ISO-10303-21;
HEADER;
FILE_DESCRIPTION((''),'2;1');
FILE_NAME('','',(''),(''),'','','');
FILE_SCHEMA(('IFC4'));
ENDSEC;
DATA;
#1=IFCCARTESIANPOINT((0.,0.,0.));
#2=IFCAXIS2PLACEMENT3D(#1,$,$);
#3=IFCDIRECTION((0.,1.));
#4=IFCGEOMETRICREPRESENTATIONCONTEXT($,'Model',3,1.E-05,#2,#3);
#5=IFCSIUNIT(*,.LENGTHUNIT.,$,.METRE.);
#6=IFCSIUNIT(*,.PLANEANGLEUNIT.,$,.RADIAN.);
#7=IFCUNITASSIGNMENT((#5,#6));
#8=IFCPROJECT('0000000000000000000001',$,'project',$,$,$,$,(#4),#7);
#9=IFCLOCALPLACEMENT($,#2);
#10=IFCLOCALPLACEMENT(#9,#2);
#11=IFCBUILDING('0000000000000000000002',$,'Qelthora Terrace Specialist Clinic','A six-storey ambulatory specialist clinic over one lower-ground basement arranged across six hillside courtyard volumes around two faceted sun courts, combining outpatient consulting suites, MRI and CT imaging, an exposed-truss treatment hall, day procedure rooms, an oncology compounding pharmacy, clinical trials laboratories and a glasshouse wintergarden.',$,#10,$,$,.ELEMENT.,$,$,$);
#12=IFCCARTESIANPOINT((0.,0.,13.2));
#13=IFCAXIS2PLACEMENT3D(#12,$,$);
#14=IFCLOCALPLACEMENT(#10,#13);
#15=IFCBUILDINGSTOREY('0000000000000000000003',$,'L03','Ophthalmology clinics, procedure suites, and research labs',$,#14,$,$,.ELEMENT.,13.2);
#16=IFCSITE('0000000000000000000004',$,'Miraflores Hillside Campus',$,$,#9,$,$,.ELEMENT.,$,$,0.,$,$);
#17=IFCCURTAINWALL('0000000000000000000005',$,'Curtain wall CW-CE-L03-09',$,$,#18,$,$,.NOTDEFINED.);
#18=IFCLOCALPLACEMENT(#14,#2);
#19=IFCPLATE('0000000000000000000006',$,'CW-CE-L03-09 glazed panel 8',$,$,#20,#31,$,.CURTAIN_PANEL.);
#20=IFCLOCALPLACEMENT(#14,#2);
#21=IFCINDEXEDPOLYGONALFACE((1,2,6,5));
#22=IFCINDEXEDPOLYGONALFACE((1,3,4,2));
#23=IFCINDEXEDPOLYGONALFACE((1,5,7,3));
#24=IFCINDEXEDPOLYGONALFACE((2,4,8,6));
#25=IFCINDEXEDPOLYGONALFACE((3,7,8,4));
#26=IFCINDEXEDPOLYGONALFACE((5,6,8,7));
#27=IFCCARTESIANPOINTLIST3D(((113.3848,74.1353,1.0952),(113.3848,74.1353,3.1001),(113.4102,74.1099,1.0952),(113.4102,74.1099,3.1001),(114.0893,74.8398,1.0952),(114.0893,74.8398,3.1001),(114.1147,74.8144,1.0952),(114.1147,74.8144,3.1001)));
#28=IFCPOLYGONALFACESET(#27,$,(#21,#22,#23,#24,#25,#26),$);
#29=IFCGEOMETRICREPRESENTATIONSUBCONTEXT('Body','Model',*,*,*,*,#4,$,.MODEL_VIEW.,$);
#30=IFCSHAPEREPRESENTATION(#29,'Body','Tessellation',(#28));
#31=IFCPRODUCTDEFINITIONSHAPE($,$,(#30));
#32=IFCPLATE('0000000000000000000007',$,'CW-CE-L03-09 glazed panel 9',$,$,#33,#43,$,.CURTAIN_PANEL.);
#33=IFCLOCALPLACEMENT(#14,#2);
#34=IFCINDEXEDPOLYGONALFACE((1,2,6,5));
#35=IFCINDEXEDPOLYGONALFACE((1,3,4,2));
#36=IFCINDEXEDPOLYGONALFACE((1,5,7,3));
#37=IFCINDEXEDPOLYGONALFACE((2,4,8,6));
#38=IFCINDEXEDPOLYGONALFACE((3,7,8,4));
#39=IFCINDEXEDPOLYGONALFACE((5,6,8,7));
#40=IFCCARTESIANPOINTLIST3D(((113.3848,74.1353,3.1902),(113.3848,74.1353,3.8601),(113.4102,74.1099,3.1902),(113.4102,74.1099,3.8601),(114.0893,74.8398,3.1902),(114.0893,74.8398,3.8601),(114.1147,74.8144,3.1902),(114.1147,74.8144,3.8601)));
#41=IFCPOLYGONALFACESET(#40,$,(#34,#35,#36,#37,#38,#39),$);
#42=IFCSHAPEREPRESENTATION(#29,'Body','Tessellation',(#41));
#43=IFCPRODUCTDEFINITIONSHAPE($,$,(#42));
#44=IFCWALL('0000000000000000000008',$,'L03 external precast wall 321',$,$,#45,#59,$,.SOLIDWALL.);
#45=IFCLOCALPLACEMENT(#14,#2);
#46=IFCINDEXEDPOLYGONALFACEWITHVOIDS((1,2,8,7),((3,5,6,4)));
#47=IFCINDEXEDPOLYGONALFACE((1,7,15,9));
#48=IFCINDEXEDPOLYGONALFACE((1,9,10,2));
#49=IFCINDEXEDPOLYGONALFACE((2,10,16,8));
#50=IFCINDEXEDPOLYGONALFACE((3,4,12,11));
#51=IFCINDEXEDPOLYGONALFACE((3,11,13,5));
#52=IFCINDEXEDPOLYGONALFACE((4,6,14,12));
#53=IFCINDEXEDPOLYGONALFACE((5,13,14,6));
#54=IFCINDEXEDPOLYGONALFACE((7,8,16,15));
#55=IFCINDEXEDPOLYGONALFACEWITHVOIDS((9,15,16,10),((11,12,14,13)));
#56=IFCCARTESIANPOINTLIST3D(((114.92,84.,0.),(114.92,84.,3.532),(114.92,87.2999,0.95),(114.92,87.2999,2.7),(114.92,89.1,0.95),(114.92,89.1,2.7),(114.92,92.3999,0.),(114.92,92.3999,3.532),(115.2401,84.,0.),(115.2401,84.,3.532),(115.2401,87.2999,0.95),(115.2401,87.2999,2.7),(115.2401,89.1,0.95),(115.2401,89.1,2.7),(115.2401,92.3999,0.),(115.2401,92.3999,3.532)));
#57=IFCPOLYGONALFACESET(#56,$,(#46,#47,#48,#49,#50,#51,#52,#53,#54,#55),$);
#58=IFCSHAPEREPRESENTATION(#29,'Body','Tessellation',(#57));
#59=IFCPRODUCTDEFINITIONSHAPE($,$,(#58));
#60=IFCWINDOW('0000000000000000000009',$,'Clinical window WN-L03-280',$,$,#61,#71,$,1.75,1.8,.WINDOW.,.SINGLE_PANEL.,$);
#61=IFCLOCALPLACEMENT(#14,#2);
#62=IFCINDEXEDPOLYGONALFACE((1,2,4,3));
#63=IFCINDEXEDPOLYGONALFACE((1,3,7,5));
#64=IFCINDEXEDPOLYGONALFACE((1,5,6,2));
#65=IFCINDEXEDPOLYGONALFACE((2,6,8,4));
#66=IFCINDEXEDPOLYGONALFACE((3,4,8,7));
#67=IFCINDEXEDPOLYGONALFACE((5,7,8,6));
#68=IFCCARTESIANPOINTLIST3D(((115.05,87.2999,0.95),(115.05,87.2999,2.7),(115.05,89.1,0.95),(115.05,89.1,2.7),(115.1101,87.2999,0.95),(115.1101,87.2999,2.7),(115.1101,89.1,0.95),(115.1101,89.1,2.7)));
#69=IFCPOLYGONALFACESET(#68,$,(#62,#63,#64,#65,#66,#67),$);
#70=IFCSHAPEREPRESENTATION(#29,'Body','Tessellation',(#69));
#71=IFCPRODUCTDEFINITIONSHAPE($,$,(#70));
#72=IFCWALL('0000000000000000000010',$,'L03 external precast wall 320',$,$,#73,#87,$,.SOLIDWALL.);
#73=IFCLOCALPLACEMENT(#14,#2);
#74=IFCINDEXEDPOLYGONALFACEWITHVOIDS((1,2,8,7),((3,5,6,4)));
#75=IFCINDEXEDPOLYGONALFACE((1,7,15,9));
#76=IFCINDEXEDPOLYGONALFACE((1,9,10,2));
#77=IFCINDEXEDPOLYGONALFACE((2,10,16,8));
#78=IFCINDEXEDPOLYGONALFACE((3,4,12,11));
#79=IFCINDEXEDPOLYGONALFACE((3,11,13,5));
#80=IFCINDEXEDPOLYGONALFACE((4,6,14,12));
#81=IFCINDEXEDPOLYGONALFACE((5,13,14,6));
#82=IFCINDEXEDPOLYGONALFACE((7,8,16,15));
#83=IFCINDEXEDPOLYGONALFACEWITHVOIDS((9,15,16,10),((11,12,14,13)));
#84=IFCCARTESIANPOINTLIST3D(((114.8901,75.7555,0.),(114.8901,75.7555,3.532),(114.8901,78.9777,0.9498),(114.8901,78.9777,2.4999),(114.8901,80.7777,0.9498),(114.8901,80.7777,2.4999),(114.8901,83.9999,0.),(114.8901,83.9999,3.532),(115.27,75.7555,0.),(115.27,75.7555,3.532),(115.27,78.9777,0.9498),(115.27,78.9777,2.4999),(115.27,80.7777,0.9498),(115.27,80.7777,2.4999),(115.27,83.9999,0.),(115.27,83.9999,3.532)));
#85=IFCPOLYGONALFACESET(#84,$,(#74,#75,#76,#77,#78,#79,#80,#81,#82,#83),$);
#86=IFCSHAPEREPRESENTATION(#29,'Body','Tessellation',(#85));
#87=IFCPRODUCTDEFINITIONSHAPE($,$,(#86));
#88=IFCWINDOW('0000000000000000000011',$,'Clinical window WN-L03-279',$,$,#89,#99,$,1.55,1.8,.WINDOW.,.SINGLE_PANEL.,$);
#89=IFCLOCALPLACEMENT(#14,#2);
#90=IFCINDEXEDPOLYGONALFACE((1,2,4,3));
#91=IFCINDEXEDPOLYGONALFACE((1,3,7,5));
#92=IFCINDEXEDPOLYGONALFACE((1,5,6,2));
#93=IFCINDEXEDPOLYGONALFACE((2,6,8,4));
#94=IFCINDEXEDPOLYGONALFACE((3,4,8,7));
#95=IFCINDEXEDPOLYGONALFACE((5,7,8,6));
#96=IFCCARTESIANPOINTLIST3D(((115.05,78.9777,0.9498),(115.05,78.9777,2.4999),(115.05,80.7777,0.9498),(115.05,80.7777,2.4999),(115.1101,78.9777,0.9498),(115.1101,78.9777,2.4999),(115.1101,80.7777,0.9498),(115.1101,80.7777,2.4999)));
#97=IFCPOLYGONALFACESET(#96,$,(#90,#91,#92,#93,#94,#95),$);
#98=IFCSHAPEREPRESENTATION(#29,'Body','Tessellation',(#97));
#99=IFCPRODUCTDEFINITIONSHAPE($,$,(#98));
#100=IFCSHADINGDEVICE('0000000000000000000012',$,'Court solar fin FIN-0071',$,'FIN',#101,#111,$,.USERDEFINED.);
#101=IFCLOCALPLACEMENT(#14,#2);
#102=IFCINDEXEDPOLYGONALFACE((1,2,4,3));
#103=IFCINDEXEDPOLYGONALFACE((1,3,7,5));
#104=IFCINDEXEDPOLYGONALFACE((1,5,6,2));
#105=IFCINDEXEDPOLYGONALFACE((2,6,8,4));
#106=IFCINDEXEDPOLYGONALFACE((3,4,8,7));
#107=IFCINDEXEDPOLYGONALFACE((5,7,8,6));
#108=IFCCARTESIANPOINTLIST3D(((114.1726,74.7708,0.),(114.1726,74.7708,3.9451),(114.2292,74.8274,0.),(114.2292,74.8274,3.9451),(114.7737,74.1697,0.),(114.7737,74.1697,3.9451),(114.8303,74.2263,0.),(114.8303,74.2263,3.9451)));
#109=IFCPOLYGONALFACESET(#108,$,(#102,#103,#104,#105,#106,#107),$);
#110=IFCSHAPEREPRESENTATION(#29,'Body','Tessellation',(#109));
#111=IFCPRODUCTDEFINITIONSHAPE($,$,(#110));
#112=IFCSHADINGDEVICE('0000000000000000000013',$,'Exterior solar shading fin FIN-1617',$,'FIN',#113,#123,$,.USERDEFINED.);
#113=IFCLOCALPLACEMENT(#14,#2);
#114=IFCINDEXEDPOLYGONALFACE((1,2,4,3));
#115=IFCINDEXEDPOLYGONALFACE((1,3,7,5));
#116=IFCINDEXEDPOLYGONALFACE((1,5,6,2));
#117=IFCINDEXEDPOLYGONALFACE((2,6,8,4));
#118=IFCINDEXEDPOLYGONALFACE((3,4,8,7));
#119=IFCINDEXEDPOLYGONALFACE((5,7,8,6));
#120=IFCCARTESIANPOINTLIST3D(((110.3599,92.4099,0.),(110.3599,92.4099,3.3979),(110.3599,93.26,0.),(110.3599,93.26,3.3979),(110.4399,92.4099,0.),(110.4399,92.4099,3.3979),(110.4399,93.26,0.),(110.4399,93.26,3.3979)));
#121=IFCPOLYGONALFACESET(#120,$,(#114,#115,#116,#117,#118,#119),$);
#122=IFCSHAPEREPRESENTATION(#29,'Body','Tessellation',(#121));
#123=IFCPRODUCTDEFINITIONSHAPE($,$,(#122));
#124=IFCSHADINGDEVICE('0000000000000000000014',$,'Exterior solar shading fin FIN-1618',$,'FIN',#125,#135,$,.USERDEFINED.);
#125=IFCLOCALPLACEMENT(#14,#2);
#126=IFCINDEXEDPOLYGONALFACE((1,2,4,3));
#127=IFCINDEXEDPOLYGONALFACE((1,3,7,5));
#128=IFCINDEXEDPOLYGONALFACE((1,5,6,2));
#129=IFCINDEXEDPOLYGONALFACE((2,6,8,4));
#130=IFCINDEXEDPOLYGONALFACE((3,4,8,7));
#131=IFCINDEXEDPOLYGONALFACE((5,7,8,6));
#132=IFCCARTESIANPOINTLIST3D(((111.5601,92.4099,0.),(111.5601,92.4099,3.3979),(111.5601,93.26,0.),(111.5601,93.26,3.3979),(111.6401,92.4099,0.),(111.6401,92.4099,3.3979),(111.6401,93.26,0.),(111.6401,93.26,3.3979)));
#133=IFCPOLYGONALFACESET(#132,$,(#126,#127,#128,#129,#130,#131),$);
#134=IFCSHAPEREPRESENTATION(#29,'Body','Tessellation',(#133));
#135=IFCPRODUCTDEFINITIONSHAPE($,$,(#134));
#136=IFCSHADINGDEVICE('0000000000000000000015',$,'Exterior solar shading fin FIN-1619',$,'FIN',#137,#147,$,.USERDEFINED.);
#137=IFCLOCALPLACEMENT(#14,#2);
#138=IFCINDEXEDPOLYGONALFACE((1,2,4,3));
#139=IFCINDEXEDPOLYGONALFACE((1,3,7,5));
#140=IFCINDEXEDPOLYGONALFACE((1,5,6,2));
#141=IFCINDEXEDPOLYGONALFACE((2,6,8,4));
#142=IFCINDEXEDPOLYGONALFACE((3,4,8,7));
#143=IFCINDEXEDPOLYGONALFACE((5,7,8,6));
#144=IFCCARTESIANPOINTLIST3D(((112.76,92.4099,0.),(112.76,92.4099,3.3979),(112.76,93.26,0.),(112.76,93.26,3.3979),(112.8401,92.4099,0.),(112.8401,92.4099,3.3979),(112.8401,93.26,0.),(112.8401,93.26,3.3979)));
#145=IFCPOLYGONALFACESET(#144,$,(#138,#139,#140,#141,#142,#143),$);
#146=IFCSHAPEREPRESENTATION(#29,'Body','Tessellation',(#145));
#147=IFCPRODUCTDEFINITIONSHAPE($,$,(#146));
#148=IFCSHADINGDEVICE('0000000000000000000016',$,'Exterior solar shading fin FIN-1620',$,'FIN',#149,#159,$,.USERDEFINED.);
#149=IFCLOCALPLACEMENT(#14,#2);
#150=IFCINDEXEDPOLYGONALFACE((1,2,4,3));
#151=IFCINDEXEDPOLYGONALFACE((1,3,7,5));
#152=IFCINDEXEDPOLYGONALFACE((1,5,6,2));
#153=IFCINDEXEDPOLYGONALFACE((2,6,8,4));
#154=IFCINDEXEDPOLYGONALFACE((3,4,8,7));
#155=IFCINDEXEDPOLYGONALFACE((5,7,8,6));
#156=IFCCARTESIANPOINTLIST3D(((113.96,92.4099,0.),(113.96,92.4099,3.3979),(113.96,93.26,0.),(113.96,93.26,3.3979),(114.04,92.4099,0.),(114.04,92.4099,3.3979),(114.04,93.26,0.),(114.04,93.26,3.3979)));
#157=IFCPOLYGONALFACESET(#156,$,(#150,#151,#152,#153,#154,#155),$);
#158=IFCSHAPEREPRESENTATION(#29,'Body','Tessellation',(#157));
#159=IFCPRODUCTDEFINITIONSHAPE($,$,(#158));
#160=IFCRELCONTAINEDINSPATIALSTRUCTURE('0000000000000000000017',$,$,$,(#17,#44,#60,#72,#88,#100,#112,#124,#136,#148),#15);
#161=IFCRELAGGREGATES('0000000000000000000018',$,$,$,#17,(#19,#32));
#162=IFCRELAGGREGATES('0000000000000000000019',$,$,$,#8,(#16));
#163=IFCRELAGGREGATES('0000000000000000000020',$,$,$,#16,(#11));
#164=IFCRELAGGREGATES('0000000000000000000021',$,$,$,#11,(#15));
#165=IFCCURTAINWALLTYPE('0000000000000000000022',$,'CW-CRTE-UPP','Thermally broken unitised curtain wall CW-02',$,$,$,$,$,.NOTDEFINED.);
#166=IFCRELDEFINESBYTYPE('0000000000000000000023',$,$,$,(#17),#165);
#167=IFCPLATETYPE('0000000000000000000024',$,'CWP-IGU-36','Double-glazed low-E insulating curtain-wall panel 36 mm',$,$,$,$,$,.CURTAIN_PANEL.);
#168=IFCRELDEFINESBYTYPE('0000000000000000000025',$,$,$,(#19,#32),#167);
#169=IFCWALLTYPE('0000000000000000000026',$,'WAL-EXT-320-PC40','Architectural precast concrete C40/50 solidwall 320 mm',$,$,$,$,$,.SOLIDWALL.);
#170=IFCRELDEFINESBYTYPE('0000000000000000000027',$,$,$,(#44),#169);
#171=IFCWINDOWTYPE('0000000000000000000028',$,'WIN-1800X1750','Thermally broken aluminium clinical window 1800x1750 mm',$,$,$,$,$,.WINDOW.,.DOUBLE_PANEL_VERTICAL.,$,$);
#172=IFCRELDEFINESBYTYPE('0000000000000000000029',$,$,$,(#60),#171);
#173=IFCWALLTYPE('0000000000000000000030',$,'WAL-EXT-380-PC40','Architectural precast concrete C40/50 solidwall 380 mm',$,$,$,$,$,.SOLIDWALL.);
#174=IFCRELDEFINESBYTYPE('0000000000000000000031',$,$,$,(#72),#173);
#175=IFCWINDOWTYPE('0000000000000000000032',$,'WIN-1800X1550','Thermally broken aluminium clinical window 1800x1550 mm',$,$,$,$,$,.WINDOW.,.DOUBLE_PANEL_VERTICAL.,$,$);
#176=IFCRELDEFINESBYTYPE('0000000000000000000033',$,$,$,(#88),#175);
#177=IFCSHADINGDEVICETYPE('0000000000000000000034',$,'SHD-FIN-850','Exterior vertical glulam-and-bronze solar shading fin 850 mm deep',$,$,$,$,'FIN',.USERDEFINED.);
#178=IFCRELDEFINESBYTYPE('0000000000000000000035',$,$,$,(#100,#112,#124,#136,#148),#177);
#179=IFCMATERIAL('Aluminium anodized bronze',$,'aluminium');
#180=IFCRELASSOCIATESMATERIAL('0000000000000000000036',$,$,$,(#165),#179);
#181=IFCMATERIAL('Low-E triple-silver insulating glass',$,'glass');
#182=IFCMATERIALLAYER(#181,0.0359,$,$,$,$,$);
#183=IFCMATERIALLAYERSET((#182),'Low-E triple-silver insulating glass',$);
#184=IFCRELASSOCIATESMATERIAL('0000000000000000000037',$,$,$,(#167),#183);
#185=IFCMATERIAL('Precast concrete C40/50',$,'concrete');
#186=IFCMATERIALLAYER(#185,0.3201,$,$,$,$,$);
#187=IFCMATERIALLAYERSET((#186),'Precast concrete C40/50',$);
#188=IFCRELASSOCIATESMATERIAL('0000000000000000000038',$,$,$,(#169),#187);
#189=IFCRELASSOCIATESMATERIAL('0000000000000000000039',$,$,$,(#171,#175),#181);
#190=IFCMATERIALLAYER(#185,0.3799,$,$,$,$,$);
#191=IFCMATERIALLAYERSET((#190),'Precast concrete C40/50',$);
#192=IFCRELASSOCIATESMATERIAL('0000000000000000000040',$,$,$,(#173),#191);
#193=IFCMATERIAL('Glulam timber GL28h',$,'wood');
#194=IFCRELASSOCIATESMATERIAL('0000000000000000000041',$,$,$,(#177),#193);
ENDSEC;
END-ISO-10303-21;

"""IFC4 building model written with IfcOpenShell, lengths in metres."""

from ifc_helpers import new_model, si_unit, direction, frame, frame_2d, origin, origin_2d, place, context, subcontext, project, spatial, rectangle, extrude, material, layer, layer_set, type_object, element, fill, aggregate, save


model = new_model("IFC4")

# Units and contexts
model_context = context("Model", 3, precision=1e-05, world=origin(), true_north=direction((0.0, 1.0)))
body_context = subcontext(model_context, "Body", "Model", "MODEL_VIEW")
ifc_project = project(units=[si_unit("LENGTHUNIT", "METRE"), si_unit("PLANEANGLEUNIT", "RADIAN")], contexts=[model_context])

# Site, building, storey
site_placement = place(None, origin())
site = spatial("IfcSite", under=ifc_project, at=site_placement, Name="Miraflores Hillside Campus", CompositionType="ELEMENT", RefElevation=0.0)
building_placement = place(site_placement, origin())
building = spatial("IfcBuilding", under=site, at=building_placement, Name="Qelthora Terrace Specialist Clinic", Description="A six-storey ambulatory specialist clinic over one lower-ground basement arranged across six hillside courtyard volumes around two faceted sun courts, combining outpatient consulting suites, MRI and CT imaging, an exposed-truss treatment hall, day procedure rooms, an oncology compounding pharmacy, clinical trials laboratories and a glasshouse wintergarden.", CompositionType="ELEMENT")
storey_placement = place(building_placement, frame((0.0, 0.0, 13.2)))
storey = spatial("IfcBuildingStorey", under=building, at=storey_placement, Name="L03", Description="Ophthalmology clinics, procedure suites, and research labs", CompositionType="ELEMENT", Elevation=13.2)

# Curtain wall
ifc_material_1 = material(Name="Aluminium anodized bronze", Category="aluminium")
curtain_wall_type = type_object("IfcCurtainWallType", Name="CW-CRTE-UPP", Description="Thermally broken unitised curtain wall CW-02", PredefinedType="NOTDEFINED", material=ifc_material_1)
curtain_wall_placement = place(storey_placement, origin())
curtain_wall = element("IfcCurtainWall", 1, at=curtain_wall_placement, inside=storey, type_object=curtain_wall_type, Name="Curtain wall CW-CE-L03-09", PredefinedType="NOTDEFINED")

# Plates
ifc_material_2 = material(Name="Low-E triple-silver insulating glass", Category="glass")
ifc_layer_1 = layer(ifc_material_2, 0.0359)
ifc_layer_set_1 = layer_set([ifc_layer_1], Name="Low-E triple-silver insulating glass")
plate_type = type_object("IfcPlateType", Name="CWP-IGU-36", Description="Double-glazed low-E insulating curtain-wall panel 36 mm", PredefinedType="CURTAIN_PANEL", material=ifc_layer_set_1)
plate_1_placement = place(storey_placement, frame((113.7498, 74.4749, 1.0952), z_axis=(0.0, 0.0, 1.0), x_axis=(-0.707107, -0.707107, 0.0)))
plate_1 = element("IfcPlate", 2, at=plate_1_placement, type_object=plate_type, Name="CW-CE-L03-09 glazed panel 8", PredefinedType="CURTAIN_PANEL", context=body_context, shape_type="SweptSolid", body=[
    extrude(rectangle(XDim=0.9963, YDim=0.0359, at=origin_2d()), origin(), (0.0, 0.0, 1.0), 2.0049),
])
plate_2_placement = place(storey_placement, frame((113.7498, 74.4749, 3.1902), z_axis=(0.0, 0.0, 1.0), x_axis=(-0.707107, -0.707107, 0.0)))
plate_2 = element("IfcPlate", 3, at=plate_2_placement, type_object=plate_type, Name="CW-CE-L03-09 glazed panel 9", PredefinedType="CURTAIN_PANEL", context=body_context, shape_type="SweptSolid", body=[
    extrude(rectangle(XDim=0.9963, YDim=0.0359, at=origin_2d()), origin(), (0.0, 0.0, 1.0), 0.6699),
])
aggregate(curtain_wall, [plate_1, plate_2])

# Walls, openings, windows
ifc_material_3 = material(Name="Precast concrete C40/50", Category="concrete")
ifc_layer_2 = layer(ifc_material_3, 0.3201)
ifc_layer_set_2 = layer_set([ifc_layer_2], Name="Precast concrete C40/50")
wall_type_1 = type_object("IfcWallType", Name="WAL-EXT-320-PC40", Description="Architectural precast concrete C40/50 solidwall 320 mm", PredefinedType="SOLIDWALL", material=ifc_layer_set_2)
wall_1_placement = place(storey_placement, frame((115.0801, 84.0, 0.0), z_axis=(0.0, 0.0, 1.0), x_axis=(0.0, 1.0, 0.0)))
wall_1 = element("IfcWall", 4, at=wall_1_placement, inside=storey, type_object=wall_type_1, Name="L03 external precast wall 321", PredefinedType="SOLIDWALL", context=body_context, shape_type="SweptSolid", body=[
    extrude(rectangle(XDim=8.3999, YDim=0.3201, at=frame_2d((4.2, 0.0))), origin(), (0.0, 0.0, 1.0), 3.532),
])
opening_1_placement = place(wall_1_placement, frame((3.3, 0.0, 0.95)))
opening_1 = element("IfcOpeningElement", 5, at=opening_1_placement, cuts=wall_1, PredefinedType="OPENING", context=body_context, shape_type="SweptSolid", body=[
    extrude(rectangle(XDim=1.8, YDim=1.75, at=frame_2d((0.8999, 0.875))), frame((0.0, 0.1699, 0.0), z_axis=(0.0, -1.0, 0.0), x_axis=(1.0, 0.0, 0.0)), (0.0, 0.0, 1.0), 0.3401),
])
window_type_1 = type_object("IfcWindowType", Name="WIN-1800X1750", Description="Thermally broken aluminium clinical window 1800x1750 mm", PartitioningType="DOUBLE_PANEL_VERTICAL", PredefinedType="WINDOW", material=ifc_material_2)
window_1_placement = place(opening_1_placement, origin())
window_1 = element("IfcWindow", 6, at=window_1_placement, inside=storey, type_object=window_type_1, Name="Clinical window WN-L03-280", OverallHeight=1.75, OverallWidth=1.8, PartitioningType="SINGLE_PANEL", PredefinedType="WINDOW", context=body_context, shape_type="SweptSolid", body=[
    extrude(rectangle(XDim=1.8, YDim=1.75, at=frame_2d((0.8999, 0.875))), frame((0.0, 0.03, 0.0), z_axis=(0.0, -1.0, 0.0), x_axis=(1.0, 0.0, 0.0)), (0.0, 0.0, 1.0), 0.0601),
])
fill(opening_1, window_1)
ifc_layer_3 = layer(ifc_material_3, 0.3799)
ifc_layer_set_3 = layer_set([ifc_layer_3], Name="Precast concrete C40/50")
wall_type_2 = type_object("IfcWallType", Name="WAL-EXT-380-PC40", Description="Architectural precast concrete C40/50 solidwall 380 mm", PredefinedType="SOLIDWALL", material=ifc_layer_set_3)
wall_2_placement = place(storey_placement, frame((115.0801, 75.7556, 0.0), z_axis=(0.0, 0.0, 1.0), x_axis=(0.0, 1.0, 0.0)))
wall_2 = element("IfcWall", 7, at=wall_2_placement, inside=storey, type_object=wall_type_2, Name="L03 external precast wall 320", PredefinedType="SOLIDWALL", context=body_context, shape_type="SweptSolid", body=[
    extrude(rectangle(XDim=8.2444, YDim=0.3799, at=frame_2d((4.1221, 0.0))), origin(), (0.0, 0.0, 1.0), 3.532),
])
opening_2_placement = place(wall_2_placement, frame((3.2222, 0.0, 0.95)))
opening_2 = element("IfcOpeningElement", 8, at=opening_2_placement, cuts=wall_2, PredefinedType="OPENING", context=body_context, shape_type="SweptSolid", body=[
    extrude(rectangle(XDim=1.8, YDim=1.55, at=frame_2d((0.8999, 0.7749))), frame((0.0, 0.2, 0.0), z_axis=(0.0, -1.0, 0.0), x_axis=(1.0, 0.0, 0.0)), (0.0, 0.0, 1.0), 0.3999),
])
window_type_2 = type_object("IfcWindowType", Name="WIN-1800X1550", Description="Thermally broken aluminium clinical window 1800x1550 mm", PartitioningType="DOUBLE_PANEL_VERTICAL", PredefinedType="WINDOW", material=ifc_material_2)
window_2_placement = place(opening_2_placement, origin())
window_2 = element("IfcWindow", 9, at=window_2_placement, inside=storey, type_object=window_type_2, Name="Clinical window WN-L03-279", OverallHeight=1.55, OverallWidth=1.8, PartitioningType="SINGLE_PANEL", PredefinedType="WINDOW", context=body_context, shape_type="SweptSolid", body=[
    extrude(rectangle(XDim=1.8, YDim=1.55, at=frame_2d((0.8999, 0.7749))), frame((0.0, 0.03, 0.0), z_axis=(0.0, -1.0, 0.0), x_axis=(1.0, 0.0, 0.0)), (0.0, 0.0, 1.0), 0.0601),
])
fill(opening_2, window_2)

# Shading devices
ifc_material_4 = material(Name="Glulam timber GL28h", Category="wood")
shading_device_type = type_object("IfcShadingDeviceType", Name="SHD-FIN-850", Description="Exterior vertical glulam-and-bronze solar shading fin 850 mm deep", ElementType="FIN", PredefinedType="USERDEFINED", material=ifc_material_4)
shading_device_placement = place(storey_placement, frame((114.5015, 74.4985, 0.0), z_axis=(0.0, 0.0, 1.0), x_axis=(0.707107, -0.707107, 0.0)))
element("IfcShadingDevice", 10, at=shading_device_placement, inside=storey, type_object=shading_device_type, Name="Court solar fin FIN-0071", ObjectType="FIN", PredefinedType="USERDEFINED", context=body_context, shape_type="SweptSolid", body=[
    extrude(rectangle(XDim=0.8501, YDim=0.0801, at=origin_2d()), origin(), (0.0, 0.0, 1.0), 3.9451),
])
for number, where, z_axis, x_axis, name in (
    (11, (110.3999, 92.835, 0.0), (0.0, 0.0, 1.0), (0.0, 1.0, 0.0), "Exterior solar shading fin FIN-1617"),
    (12, (111.6001, 92.835, 0.0), (0.0, 0.0, 1.0), (0.0, 1.0, 0.0), "Exterior solar shading fin FIN-1618"),
    (13, (112.8, 92.835, 0.0), (0.0, 0.0, 1.0), (0.0, 1.0, 0.0), "Exterior solar shading fin FIN-1619"),
    (14, (114.0, 92.835, 0.0), (0.0, 0.0, 1.0), (0.0, 1.0, 0.0), "Exterior solar shading fin FIN-1620"),
):
    element("IfcShadingDevice", number, at=place(storey_placement, frame(where, z_axis=z_axis, x_axis=x_axis)), inside=storey, type_object=shading_device_type, Name=name, ObjectType="FIN", PredefinedType="USERDEFINED", context=body_context, shape_type="SweptSolid", body=[
        extrude(rectangle(XDim=0.8501, YDim=0.0801, at=origin_2d()), origin(), (0.0, 0.0, 1.0), 3.3979),
    ])

save(model, "model.ifc")
